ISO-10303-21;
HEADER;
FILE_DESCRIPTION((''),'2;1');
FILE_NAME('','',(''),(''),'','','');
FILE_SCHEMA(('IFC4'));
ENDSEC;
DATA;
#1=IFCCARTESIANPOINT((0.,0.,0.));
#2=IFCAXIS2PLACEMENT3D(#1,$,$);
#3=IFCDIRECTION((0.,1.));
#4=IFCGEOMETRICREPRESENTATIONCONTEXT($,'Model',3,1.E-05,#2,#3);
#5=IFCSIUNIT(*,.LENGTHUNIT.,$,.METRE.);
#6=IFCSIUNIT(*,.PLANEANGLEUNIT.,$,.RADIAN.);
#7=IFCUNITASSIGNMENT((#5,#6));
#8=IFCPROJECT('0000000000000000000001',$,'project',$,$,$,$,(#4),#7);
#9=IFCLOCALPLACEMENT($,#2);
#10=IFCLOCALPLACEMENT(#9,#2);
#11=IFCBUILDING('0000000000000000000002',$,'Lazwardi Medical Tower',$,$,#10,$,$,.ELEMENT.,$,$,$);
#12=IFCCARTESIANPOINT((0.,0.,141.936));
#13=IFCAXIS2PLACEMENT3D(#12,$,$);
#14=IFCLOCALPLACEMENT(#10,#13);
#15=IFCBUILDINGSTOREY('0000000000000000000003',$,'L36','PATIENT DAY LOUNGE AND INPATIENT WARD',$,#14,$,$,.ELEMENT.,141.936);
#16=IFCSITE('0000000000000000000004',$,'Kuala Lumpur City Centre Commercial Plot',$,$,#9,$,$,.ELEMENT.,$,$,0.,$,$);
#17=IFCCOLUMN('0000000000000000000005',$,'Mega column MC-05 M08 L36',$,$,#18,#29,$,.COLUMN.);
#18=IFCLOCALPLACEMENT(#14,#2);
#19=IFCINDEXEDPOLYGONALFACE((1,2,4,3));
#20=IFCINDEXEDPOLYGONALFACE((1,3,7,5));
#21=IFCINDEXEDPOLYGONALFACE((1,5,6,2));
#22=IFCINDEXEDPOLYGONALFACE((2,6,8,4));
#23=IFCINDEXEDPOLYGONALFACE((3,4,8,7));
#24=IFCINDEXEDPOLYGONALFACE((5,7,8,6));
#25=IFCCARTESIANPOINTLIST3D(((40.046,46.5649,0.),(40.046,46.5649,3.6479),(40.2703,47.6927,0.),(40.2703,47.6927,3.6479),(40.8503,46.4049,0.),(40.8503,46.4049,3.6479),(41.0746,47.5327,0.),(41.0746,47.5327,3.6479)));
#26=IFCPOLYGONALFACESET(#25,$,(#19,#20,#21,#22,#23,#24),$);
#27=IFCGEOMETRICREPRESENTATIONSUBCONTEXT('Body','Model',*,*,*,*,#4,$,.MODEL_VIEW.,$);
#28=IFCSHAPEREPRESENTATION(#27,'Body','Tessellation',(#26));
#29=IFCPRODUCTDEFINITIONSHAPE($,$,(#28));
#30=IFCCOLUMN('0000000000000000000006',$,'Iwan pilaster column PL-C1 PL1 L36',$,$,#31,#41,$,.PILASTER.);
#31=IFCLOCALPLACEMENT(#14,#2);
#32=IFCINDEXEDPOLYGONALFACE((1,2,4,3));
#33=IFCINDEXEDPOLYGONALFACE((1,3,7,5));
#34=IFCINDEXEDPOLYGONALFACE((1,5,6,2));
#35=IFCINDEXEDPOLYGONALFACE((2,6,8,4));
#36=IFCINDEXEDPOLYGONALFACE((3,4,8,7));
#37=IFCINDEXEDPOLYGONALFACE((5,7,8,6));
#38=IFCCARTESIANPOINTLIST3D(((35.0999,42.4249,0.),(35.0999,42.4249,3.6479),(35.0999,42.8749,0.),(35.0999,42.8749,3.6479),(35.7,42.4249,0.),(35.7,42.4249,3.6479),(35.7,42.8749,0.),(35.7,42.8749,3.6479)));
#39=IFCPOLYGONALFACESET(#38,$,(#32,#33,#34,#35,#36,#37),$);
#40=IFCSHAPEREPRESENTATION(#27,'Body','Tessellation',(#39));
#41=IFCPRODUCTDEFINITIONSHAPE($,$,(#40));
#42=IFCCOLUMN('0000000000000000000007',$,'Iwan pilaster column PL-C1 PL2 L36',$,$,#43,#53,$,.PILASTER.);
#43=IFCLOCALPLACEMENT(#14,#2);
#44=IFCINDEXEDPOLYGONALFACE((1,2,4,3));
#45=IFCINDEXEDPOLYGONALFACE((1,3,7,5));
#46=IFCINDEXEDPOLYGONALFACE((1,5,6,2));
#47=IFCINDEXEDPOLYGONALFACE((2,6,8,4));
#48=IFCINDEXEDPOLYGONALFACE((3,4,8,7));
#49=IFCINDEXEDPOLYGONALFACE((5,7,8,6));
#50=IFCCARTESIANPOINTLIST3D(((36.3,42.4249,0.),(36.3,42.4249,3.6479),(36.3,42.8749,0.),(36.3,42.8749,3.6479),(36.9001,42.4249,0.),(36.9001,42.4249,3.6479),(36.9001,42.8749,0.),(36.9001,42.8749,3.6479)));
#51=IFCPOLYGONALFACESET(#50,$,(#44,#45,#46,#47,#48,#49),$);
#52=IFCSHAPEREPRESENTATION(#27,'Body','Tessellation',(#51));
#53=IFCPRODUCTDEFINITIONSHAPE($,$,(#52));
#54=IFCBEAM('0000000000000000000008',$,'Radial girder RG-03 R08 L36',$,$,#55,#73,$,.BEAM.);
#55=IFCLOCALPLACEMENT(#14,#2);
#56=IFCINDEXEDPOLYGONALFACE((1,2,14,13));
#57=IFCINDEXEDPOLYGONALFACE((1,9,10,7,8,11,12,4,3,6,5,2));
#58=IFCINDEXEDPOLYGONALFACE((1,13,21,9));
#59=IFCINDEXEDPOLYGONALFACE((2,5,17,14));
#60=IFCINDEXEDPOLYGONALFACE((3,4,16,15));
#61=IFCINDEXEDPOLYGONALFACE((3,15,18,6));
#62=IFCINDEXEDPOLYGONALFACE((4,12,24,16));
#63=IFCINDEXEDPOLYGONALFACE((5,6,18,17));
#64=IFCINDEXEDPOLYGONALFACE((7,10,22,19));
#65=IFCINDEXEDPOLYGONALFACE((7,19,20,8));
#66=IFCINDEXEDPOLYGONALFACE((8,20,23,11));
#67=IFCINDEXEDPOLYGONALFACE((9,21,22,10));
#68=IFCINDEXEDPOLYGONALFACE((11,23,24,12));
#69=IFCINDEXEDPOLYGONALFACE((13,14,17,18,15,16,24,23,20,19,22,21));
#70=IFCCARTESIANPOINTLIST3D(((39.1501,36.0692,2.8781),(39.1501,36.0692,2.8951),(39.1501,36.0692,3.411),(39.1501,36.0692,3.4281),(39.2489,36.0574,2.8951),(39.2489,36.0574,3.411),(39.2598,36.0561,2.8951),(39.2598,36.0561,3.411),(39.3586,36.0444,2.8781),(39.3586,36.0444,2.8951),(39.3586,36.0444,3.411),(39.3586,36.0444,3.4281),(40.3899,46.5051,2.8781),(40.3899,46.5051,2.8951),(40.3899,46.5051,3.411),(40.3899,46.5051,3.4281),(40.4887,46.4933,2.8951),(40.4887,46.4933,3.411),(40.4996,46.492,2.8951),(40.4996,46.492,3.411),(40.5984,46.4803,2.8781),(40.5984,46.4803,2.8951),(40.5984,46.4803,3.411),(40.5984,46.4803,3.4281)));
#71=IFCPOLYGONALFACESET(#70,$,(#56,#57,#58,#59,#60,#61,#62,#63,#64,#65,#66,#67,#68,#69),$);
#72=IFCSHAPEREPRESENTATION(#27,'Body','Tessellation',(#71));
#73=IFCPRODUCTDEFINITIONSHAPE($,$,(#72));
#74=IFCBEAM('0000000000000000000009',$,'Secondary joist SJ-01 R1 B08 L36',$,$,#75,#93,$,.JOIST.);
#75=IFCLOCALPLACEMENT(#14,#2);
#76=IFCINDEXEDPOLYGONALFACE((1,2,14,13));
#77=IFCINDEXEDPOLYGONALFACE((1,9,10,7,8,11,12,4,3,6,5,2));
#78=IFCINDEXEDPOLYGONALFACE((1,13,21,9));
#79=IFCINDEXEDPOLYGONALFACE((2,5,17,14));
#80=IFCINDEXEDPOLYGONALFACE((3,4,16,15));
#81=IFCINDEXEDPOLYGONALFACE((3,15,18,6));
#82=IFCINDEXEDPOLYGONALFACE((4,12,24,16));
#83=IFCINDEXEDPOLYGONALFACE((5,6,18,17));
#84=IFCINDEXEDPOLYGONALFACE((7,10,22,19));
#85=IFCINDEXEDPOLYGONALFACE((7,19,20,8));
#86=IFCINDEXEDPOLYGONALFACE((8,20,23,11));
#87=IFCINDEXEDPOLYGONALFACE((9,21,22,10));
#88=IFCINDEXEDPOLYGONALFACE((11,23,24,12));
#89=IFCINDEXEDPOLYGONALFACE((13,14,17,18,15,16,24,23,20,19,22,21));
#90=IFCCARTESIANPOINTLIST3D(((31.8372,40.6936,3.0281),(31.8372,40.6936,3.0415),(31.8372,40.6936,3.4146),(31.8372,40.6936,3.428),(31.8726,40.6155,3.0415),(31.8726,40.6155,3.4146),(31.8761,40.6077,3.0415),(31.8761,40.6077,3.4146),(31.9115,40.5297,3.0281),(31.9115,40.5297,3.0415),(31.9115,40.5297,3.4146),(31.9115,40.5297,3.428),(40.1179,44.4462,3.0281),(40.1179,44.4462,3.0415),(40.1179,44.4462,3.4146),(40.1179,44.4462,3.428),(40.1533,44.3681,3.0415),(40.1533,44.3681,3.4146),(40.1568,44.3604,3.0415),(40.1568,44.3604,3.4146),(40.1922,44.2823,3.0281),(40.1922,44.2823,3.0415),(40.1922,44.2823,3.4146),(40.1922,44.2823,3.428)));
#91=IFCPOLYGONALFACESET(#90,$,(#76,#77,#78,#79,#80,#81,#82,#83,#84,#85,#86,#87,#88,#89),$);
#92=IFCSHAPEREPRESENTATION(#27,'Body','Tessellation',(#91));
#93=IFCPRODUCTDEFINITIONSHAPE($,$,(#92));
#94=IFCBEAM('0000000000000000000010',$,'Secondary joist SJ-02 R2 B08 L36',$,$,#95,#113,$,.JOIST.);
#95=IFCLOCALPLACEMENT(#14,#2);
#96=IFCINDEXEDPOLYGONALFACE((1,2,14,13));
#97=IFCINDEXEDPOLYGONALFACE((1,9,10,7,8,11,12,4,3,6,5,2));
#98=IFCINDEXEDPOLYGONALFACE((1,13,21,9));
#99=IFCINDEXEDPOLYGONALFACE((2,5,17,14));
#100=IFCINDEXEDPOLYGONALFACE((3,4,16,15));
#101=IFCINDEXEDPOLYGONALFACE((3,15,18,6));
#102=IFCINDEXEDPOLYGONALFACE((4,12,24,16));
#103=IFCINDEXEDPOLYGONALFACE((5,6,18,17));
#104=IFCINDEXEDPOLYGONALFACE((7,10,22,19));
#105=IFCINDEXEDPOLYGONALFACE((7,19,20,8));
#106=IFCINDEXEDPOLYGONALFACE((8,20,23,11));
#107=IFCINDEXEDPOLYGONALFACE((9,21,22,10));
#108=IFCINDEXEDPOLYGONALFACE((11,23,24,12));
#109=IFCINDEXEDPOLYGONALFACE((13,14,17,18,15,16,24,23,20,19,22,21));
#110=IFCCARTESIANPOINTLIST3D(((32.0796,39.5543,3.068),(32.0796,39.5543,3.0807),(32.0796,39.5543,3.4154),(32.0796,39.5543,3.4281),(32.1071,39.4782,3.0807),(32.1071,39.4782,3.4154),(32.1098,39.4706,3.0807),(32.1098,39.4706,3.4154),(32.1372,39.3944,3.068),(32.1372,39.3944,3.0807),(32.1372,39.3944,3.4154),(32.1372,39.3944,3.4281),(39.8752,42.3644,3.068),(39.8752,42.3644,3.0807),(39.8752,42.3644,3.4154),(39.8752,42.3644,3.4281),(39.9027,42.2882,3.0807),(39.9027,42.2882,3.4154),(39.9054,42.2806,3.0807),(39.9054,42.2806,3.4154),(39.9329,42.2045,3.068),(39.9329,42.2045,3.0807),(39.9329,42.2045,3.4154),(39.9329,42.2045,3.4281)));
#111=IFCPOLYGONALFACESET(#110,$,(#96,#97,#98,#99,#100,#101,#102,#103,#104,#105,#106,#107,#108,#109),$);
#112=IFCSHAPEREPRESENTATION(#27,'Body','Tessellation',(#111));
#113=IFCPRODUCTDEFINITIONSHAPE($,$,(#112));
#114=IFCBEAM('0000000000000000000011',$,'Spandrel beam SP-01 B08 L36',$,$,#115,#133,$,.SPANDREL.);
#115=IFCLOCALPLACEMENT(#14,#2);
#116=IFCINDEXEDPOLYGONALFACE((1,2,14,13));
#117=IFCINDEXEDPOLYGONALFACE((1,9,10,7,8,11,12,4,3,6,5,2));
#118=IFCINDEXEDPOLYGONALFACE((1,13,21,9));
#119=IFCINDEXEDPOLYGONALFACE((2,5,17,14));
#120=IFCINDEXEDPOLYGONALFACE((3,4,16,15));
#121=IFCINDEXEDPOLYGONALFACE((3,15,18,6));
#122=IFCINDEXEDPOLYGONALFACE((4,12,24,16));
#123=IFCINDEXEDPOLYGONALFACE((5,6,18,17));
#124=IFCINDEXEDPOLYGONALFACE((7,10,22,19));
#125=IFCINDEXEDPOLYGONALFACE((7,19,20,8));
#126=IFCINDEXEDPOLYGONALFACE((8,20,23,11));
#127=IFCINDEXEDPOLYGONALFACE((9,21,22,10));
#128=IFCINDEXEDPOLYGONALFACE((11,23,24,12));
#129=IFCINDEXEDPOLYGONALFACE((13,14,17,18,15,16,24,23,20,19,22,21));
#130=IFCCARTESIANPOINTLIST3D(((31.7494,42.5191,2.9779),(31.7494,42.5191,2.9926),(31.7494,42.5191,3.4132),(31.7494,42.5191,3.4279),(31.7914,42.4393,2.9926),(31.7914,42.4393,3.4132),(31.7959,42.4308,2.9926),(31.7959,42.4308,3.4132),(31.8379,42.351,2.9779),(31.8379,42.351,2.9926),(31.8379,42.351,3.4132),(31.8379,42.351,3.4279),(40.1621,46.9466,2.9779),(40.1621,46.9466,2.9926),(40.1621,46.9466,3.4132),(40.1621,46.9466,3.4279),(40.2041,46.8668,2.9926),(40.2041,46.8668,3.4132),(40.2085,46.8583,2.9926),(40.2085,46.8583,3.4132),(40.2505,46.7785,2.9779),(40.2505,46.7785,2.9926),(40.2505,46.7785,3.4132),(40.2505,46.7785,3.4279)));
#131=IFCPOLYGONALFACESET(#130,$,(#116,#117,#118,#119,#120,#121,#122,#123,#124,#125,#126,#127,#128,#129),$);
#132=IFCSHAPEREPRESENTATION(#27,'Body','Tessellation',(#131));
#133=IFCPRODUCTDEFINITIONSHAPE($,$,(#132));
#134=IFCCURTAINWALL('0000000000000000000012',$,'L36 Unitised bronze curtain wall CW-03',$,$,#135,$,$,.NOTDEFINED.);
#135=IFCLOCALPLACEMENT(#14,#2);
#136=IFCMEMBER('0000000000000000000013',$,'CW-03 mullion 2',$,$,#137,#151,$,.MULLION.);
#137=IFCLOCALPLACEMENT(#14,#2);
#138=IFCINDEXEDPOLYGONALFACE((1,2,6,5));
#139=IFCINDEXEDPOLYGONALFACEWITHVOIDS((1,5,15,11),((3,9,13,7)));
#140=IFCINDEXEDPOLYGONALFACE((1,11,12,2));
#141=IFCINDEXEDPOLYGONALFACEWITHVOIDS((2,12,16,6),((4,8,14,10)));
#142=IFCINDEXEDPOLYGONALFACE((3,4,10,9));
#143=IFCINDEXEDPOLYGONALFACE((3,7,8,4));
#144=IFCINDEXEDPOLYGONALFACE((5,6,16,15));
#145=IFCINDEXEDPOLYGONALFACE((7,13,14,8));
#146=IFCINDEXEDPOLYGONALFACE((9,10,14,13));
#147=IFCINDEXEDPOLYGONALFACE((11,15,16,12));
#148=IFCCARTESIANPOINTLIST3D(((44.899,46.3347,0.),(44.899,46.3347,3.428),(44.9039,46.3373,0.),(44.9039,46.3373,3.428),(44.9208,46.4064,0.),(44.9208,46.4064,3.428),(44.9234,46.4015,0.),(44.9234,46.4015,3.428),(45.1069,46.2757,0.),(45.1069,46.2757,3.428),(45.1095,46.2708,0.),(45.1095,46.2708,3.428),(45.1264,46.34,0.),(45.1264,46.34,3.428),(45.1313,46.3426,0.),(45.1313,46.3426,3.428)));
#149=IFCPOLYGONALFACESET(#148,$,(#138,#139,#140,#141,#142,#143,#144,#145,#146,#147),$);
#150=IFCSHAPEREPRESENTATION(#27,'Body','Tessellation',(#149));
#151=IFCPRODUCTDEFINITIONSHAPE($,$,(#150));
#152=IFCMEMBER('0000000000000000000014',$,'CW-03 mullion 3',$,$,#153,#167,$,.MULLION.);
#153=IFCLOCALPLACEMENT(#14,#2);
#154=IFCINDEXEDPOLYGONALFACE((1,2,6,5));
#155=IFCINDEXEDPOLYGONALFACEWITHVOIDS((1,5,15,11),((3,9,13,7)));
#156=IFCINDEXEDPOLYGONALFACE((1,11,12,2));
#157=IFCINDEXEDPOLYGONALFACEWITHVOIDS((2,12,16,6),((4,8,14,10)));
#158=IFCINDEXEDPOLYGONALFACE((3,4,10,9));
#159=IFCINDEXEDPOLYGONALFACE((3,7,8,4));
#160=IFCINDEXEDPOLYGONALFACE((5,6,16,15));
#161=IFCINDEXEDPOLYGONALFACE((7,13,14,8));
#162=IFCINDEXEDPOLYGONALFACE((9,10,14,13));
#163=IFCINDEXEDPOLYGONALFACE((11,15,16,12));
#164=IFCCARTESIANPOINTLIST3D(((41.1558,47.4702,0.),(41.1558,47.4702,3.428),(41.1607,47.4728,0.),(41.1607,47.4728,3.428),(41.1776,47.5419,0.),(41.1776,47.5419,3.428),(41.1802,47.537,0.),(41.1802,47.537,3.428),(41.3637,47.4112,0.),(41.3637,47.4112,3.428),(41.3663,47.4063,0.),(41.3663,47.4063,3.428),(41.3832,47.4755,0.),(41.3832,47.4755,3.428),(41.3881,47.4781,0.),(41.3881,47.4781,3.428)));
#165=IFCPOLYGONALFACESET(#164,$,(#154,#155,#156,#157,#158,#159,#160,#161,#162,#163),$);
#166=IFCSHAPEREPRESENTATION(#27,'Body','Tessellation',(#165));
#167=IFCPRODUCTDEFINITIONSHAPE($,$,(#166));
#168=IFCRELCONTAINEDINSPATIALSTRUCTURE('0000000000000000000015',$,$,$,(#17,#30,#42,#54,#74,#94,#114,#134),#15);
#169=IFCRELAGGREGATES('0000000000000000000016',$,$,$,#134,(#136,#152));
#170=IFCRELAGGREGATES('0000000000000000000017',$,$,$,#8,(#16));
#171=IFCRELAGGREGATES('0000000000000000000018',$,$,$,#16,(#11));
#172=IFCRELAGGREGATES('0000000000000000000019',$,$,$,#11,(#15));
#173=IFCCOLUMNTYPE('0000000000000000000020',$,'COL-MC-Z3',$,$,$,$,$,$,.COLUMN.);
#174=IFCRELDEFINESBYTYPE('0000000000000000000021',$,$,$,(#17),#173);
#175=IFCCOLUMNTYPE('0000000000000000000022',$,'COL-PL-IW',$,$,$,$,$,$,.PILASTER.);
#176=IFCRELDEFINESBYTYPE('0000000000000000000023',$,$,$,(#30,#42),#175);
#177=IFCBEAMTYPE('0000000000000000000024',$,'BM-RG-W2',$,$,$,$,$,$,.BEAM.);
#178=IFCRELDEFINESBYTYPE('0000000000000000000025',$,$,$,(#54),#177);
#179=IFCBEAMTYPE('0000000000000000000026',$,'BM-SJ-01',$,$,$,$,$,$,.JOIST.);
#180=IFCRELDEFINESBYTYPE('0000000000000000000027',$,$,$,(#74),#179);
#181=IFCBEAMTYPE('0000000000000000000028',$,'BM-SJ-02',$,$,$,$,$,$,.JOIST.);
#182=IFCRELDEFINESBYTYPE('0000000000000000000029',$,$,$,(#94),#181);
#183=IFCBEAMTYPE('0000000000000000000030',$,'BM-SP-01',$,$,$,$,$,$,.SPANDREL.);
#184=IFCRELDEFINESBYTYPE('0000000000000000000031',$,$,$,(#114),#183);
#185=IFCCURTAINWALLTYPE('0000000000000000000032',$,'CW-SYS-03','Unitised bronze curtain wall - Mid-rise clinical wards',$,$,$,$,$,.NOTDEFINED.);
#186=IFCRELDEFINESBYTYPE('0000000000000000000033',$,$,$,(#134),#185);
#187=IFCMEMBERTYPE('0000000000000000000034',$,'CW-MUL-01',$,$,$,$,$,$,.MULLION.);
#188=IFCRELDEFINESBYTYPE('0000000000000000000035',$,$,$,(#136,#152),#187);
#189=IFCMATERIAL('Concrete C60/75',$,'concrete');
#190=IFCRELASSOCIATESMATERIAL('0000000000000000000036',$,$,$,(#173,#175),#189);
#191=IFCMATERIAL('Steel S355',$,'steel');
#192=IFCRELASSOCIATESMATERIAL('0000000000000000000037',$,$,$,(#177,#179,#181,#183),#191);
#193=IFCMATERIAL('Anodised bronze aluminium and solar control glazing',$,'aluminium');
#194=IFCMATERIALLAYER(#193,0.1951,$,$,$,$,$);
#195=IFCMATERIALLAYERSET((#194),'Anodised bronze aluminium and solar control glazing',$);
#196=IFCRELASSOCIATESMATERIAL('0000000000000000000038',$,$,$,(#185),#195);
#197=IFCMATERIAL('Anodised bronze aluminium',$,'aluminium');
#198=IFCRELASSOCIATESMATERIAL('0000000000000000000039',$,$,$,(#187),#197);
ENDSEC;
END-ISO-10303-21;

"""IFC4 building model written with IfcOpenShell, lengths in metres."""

from ifc_helpers import new_model, si_unit, direction, frame, origin, origin_2d, place, context, subcontext, project, spatial, rectangle, hollow_rectangle, i_section, extrude, material, layer, layer_set, material_profile, profile_set, type_object, element, aggregate, save


model = new_model("IFC4")

# Units and contexts
model_context = context("Model", 3, precision=1e-05, world=origin(), true_north=direction((0.0, 1.0)))
body_context = subcontext(model_context, "Body", "Model", "MODEL_VIEW")
ifc_project = project(units=[si_unit("LENGTHUNIT", "METRE"), si_unit("PLANEANGLEUNIT", "RADIAN")], contexts=[model_context])

# Site, building, storey
site_placement = place(None, origin())
site = spatial("IfcSite", under=ifc_project, at=site_placement, Name="Kuala Lumpur City Centre Commercial Plot", CompositionType="ELEMENT", RefElevation=0.0)
building_placement = place(site_placement, origin())
building = spatial("IfcBuilding", under=site, at=building_placement, Name="Lazwardi Medical Tower", CompositionType="ELEMENT")
storey_placement = place(building_placement, frame((0.0, 0.0, 141.936)))
storey = spatial("IfcBuildingStorey", under=building, at=storey_placement, Name="L36", Description="PATIENT DAY LOUNGE AND INPATIENT WARD", CompositionType="ELEMENT", Elevation=141.936)

# Columns
ifc_material_1 = material(Name="Concrete C60/75", Category="concrete")
ifc_material_profile_1 = material_profile(ifc_material_1, rectangle(XDim=1.1499, YDim=0.8201, at=origin_2d()), Name="CFT-RECT 1150x820")
ifc_profile_set_1 = profile_set([ifc_material_profile_1], Name="Concrete C60/75")
column_type_1 = type_object("IfcColumnType", Name="COL-MC-Z3", PredefinedType="COLUMN", material=ifc_profile_set_1)
column_placement = place(storey_placement, frame((40.5603, 47.0488, 0.0), z_axis=(0.0, 0.0, 1.0), x_axis=(0.19509, 0.980785, 0.0)))
element("IfcColumn", 1, at=column_placement, inside=storey, type_object=column_type_1, Name="Mega column MC-05 M08 L36", PredefinedType="COLUMN", context=body_context, shape_type="SweptSolid", body=[
    extrude(rectangle(XDim=1.1499, YDim=0.8201, at=origin_2d()), origin(), (0.0, 0.0, 1.0), 3.6479),
])
ifc_material_profile_2 = material_profile(ifc_material_1, rectangle(XDim=0.6001, YDim=0.45, at=origin_2d()), Name="RC 600x450")
ifc_profile_set_2 = profile_set([ifc_material_profile_2], Name="Concrete C60/75")
column_type_2 = type_object("IfcColumnType", Name="COL-PL-IW", PredefinedType="PILASTER", material=ifc_profile_set_2)
for number, where, z_axis, x_axis, name in (
    (2, (35.3999, 42.6499, 0.0), (0.0, 0.0, 1.0), (1.0, 0.0, 0.0), "Iwan pilaster column PL-C1 PL1 L36"),
    (3, (36.6001, 42.6499, 0.0), (0.0, 0.0, 1.0), (1.0, 0.0, 0.0), "Iwan pilaster column PL-C1 PL2 L36"),
):
    element("IfcColumn", number, at=place(storey_placement, frame(where, z_axis=z_axis, x_axis=x_axis)), inside=storey, type_object=column_type_2, Name=name, PredefinedType="PILASTER", context=body_context, shape_type="SweptSolid", body=[
        extrude(rectangle(XDim=0.6001, YDim=0.45, at=origin_2d()), origin(), (0.0, 0.0, 1.0), 3.6479),
    ])

# Beams
ifc_material_2 = material(Name="Steel S355", Category="steel")
ifc_material_profile_3 = material_profile(ifc_material_2, i_section(OverallWidth=0.21, OverallDepth=0.55, WebThickness=0.011, FlangeThickness=0.0171, at=origin_2d()), Name="IPE 550")
ifc_profile_set_3 = profile_set([ifc_material_profile_3], Name="Steel S355")
beam_type_1 = type_object("IfcBeamType", Name="BM-RG-W2", PredefinedType="BEAM", material=ifc_profile_set_3)
beam_1_placement = place(storey_placement, frame((40.4941, 46.4927, 3.1531), z_axis=(-0.117968, -0.993017, 0.0), x_axis=(0.993017, -0.117968, 0.0)))
element("IfcBeam", 4, at=beam_1_placement, inside=storey, type_object=beam_type_1, Name="Radial girder RG-03 R08 L36", PredefinedType="BEAM", context=body_context, shape_type="SweptSolid", body=[
    extrude(i_section(OverallWidth=0.21, OverallDepth=0.55, WebThickness=0.011, FlangeThickness=0.0171, at=origin_2d()), origin(), (0.0, 0.0, 1.0), 10.5093),
])
ifc_material_profile_4 = material_profile(ifc_material_2, i_section(OverallWidth=0.1799, OverallDepth=0.3999, WebThickness=0.0085, FlangeThickness=0.0134, at=origin_2d()), Name="IPE 400")
ifc_profile_set_4 = profile_set([ifc_material_profile_4], Name="Steel S355")
beam_type_2 = type_object("IfcBeamType", Name="BM-SJ-01", PredefinedType="JOIST", material=ifc_profile_set_4)
beam_2_placement = place(storey_placement, frame((40.155, 44.3643, 3.228), z_axis=(-0.910834, -0.412773, 0.0), x_axis=(0.412773, -0.910834, 0.0)))
element("IfcBeam", 5, at=beam_2_placement, inside=storey, type_object=beam_type_2, Name="Secondary joist SJ-01 R1 B08 L36", PredefinedType="JOIST", context=body_context, shape_type="SweptSolid", body=[
    extrude(i_section(OverallWidth=0.1799, OverallDepth=0.3999, WebThickness=0.0085, FlangeThickness=0.0134, at=origin_2d()), origin(), (0.0, 0.0, 1.0), 9.0913),
])
ifc_material_profile_5 = material_profile(ifc_material_2, i_section(OverallWidth=0.1699, OverallDepth=0.3601, WebThickness=0.0081, FlangeThickness=0.0127, at=origin_2d()), Name="IPE 360")
ifc_profile_set_5 = profile_set([ifc_material_profile_5], Name="Steel S355")
beam_type_3 = type_object("IfcBeamType", Name="BM-SJ-02", PredefinedType="JOIST", material=ifc_profile_set_5)
beam_3_placement = place(storey_placement, frame((39.9041, 42.2844, 3.248), z_axis=(-0.940748, -0.339106, 0.0), x_axis=(0.339106, -0.940748, 0.0)))
element("IfcBeam", 6, at=beam_3_placement, inside=storey, type_object=beam_type_3, Name="Secondary joist SJ-02 R2 B08 L36", PredefinedType="JOIST", context=body_context, shape_type="SweptSolid", body=[
    extrude(i_section(OverallWidth=0.1699, OverallDepth=0.3601, WebThickness=0.0081, FlangeThickness=0.0127, at=origin_2d()), origin(), (0.0, 0.0, 1.0), 8.2866),
])
ifc_material_profile_6 = material_profile(ifc_material_2, i_section(OverallWidth=0.1899, OverallDepth=0.45, WebThickness=0.0095, FlangeThickness=0.0146, at=origin_2d()), Name="IPE 450")
ifc_profile_set_6 = profile_set([ifc_material_profile_6], Name="Steel S355")
beam_type_4 = type_object("IfcBeamType", Name="BM-SP-01", PredefinedType="SPANDREL", material=ifc_profile_set_6)
beam_4_placement = place(storey_placement, frame((40.2063, 46.8625, 3.2029), z_axis=(-0.884927, -0.465731, 0.0), x_axis=(0.465731, -0.884927, 0.0)))
element("IfcBeam", 7, at=beam_4_placement, inside=storey, type_object=beam_type_4, Name="Spandrel beam SP-01 B08 L36", PredefinedType="SPANDREL", context=body_context, shape_type="SweptSolid", body=[
    extrude(i_section(OverallWidth=0.1899, OverallDepth=0.45, WebThickness=0.0095, FlangeThickness=0.0146, at=origin_2d()), origin(), (0.0, 0.0, 1.0), 9.5066),
])

# Curtain wall, members
ifc_material_3 = material(Name="Anodised bronze aluminium and solar control glazing", Category="aluminium")
ifc_layer_1 = layer(ifc_material_3, 0.1951)
ifc_layer_set_1 = layer_set([ifc_layer_1], Name="Anodised bronze aluminium and solar control glazing")
curtain_wall_type = type_object("IfcCurtainWallType", Name="CW-SYS-03", Description="Unitised bronze curtain wall - Mid-rise clinical wards", PredefinedType="NOTDEFINED", material=ifc_layer_set_1)
curtain_wall_placement = place(storey_placement, origin())
curtain_wall = element("IfcCurtainWall", 8, at=curtain_wall_placement, inside=storey, type_object=curtain_wall_type, Name="L36 Unitised bronze curtain wall CW-03", PredefinedType="NOTDEFINED")
ifc_material_4 = material(Name="Anodised bronze aluminium", Category="aluminium")
ifc_material_profile_7 = material_profile(ifc_material_4, hollow_rectangle(XDim=0.075, YDim=0.22, WallThickness=0.0039, at=origin_2d()), Name="ALU-MULLION 220x75x4")
ifc_profile_set_7 = profile_set([ifc_material_profile_7], Name="Anodised bronze aluminium")
member_type_1 = type_object("IfcMemberType", Name="CW-MUL-01", PredefinedType="MULLION", material=ifc_profile_set_7)
member_1_placement = place(storey_placement, frame((45.0151, 46.3386, 0.0), z_axis=(0.0, 0.0, 1.0), x_axis=(-0.290281, -0.956942, 0.0)))
member_1 = element("IfcMember", 9, at=member_1_placement, type_object=member_type_1, Name="CW-03 mullion 2", PredefinedType="MULLION", context=body_context, shape_type="SweptSolid", body=[
    extrude(hollow_rectangle(XDim=0.075, YDim=0.22, WallThickness=0.0039, at=origin_2d()), origin(), (0.0, 0.0, 1.0), 3.428),
])
member_2_placement = place(storey_placement, frame((41.272, 47.4741, 0.0), z_axis=(0.0, 0.0, 1.0), x_axis=(-0.290281, -0.956942, 0.0)))
member_2 = element("IfcMember", 10, at=member_2_placement, type_object=member_type_1, Name="CW-03 mullion 3", PredefinedType="MULLION", context=body_context, shape_type="SweptSolid", body=[
    extrude(hollow_rectangle(XDim=0.075, YDim=0.22, WallThickness=0.0039, at=origin_2d()), origin(), (0.0, 0.0, 1.0), 3.428),
])
aggregate(curtain_wall, [member_1, member_2])

save(model, "model.ifc")
